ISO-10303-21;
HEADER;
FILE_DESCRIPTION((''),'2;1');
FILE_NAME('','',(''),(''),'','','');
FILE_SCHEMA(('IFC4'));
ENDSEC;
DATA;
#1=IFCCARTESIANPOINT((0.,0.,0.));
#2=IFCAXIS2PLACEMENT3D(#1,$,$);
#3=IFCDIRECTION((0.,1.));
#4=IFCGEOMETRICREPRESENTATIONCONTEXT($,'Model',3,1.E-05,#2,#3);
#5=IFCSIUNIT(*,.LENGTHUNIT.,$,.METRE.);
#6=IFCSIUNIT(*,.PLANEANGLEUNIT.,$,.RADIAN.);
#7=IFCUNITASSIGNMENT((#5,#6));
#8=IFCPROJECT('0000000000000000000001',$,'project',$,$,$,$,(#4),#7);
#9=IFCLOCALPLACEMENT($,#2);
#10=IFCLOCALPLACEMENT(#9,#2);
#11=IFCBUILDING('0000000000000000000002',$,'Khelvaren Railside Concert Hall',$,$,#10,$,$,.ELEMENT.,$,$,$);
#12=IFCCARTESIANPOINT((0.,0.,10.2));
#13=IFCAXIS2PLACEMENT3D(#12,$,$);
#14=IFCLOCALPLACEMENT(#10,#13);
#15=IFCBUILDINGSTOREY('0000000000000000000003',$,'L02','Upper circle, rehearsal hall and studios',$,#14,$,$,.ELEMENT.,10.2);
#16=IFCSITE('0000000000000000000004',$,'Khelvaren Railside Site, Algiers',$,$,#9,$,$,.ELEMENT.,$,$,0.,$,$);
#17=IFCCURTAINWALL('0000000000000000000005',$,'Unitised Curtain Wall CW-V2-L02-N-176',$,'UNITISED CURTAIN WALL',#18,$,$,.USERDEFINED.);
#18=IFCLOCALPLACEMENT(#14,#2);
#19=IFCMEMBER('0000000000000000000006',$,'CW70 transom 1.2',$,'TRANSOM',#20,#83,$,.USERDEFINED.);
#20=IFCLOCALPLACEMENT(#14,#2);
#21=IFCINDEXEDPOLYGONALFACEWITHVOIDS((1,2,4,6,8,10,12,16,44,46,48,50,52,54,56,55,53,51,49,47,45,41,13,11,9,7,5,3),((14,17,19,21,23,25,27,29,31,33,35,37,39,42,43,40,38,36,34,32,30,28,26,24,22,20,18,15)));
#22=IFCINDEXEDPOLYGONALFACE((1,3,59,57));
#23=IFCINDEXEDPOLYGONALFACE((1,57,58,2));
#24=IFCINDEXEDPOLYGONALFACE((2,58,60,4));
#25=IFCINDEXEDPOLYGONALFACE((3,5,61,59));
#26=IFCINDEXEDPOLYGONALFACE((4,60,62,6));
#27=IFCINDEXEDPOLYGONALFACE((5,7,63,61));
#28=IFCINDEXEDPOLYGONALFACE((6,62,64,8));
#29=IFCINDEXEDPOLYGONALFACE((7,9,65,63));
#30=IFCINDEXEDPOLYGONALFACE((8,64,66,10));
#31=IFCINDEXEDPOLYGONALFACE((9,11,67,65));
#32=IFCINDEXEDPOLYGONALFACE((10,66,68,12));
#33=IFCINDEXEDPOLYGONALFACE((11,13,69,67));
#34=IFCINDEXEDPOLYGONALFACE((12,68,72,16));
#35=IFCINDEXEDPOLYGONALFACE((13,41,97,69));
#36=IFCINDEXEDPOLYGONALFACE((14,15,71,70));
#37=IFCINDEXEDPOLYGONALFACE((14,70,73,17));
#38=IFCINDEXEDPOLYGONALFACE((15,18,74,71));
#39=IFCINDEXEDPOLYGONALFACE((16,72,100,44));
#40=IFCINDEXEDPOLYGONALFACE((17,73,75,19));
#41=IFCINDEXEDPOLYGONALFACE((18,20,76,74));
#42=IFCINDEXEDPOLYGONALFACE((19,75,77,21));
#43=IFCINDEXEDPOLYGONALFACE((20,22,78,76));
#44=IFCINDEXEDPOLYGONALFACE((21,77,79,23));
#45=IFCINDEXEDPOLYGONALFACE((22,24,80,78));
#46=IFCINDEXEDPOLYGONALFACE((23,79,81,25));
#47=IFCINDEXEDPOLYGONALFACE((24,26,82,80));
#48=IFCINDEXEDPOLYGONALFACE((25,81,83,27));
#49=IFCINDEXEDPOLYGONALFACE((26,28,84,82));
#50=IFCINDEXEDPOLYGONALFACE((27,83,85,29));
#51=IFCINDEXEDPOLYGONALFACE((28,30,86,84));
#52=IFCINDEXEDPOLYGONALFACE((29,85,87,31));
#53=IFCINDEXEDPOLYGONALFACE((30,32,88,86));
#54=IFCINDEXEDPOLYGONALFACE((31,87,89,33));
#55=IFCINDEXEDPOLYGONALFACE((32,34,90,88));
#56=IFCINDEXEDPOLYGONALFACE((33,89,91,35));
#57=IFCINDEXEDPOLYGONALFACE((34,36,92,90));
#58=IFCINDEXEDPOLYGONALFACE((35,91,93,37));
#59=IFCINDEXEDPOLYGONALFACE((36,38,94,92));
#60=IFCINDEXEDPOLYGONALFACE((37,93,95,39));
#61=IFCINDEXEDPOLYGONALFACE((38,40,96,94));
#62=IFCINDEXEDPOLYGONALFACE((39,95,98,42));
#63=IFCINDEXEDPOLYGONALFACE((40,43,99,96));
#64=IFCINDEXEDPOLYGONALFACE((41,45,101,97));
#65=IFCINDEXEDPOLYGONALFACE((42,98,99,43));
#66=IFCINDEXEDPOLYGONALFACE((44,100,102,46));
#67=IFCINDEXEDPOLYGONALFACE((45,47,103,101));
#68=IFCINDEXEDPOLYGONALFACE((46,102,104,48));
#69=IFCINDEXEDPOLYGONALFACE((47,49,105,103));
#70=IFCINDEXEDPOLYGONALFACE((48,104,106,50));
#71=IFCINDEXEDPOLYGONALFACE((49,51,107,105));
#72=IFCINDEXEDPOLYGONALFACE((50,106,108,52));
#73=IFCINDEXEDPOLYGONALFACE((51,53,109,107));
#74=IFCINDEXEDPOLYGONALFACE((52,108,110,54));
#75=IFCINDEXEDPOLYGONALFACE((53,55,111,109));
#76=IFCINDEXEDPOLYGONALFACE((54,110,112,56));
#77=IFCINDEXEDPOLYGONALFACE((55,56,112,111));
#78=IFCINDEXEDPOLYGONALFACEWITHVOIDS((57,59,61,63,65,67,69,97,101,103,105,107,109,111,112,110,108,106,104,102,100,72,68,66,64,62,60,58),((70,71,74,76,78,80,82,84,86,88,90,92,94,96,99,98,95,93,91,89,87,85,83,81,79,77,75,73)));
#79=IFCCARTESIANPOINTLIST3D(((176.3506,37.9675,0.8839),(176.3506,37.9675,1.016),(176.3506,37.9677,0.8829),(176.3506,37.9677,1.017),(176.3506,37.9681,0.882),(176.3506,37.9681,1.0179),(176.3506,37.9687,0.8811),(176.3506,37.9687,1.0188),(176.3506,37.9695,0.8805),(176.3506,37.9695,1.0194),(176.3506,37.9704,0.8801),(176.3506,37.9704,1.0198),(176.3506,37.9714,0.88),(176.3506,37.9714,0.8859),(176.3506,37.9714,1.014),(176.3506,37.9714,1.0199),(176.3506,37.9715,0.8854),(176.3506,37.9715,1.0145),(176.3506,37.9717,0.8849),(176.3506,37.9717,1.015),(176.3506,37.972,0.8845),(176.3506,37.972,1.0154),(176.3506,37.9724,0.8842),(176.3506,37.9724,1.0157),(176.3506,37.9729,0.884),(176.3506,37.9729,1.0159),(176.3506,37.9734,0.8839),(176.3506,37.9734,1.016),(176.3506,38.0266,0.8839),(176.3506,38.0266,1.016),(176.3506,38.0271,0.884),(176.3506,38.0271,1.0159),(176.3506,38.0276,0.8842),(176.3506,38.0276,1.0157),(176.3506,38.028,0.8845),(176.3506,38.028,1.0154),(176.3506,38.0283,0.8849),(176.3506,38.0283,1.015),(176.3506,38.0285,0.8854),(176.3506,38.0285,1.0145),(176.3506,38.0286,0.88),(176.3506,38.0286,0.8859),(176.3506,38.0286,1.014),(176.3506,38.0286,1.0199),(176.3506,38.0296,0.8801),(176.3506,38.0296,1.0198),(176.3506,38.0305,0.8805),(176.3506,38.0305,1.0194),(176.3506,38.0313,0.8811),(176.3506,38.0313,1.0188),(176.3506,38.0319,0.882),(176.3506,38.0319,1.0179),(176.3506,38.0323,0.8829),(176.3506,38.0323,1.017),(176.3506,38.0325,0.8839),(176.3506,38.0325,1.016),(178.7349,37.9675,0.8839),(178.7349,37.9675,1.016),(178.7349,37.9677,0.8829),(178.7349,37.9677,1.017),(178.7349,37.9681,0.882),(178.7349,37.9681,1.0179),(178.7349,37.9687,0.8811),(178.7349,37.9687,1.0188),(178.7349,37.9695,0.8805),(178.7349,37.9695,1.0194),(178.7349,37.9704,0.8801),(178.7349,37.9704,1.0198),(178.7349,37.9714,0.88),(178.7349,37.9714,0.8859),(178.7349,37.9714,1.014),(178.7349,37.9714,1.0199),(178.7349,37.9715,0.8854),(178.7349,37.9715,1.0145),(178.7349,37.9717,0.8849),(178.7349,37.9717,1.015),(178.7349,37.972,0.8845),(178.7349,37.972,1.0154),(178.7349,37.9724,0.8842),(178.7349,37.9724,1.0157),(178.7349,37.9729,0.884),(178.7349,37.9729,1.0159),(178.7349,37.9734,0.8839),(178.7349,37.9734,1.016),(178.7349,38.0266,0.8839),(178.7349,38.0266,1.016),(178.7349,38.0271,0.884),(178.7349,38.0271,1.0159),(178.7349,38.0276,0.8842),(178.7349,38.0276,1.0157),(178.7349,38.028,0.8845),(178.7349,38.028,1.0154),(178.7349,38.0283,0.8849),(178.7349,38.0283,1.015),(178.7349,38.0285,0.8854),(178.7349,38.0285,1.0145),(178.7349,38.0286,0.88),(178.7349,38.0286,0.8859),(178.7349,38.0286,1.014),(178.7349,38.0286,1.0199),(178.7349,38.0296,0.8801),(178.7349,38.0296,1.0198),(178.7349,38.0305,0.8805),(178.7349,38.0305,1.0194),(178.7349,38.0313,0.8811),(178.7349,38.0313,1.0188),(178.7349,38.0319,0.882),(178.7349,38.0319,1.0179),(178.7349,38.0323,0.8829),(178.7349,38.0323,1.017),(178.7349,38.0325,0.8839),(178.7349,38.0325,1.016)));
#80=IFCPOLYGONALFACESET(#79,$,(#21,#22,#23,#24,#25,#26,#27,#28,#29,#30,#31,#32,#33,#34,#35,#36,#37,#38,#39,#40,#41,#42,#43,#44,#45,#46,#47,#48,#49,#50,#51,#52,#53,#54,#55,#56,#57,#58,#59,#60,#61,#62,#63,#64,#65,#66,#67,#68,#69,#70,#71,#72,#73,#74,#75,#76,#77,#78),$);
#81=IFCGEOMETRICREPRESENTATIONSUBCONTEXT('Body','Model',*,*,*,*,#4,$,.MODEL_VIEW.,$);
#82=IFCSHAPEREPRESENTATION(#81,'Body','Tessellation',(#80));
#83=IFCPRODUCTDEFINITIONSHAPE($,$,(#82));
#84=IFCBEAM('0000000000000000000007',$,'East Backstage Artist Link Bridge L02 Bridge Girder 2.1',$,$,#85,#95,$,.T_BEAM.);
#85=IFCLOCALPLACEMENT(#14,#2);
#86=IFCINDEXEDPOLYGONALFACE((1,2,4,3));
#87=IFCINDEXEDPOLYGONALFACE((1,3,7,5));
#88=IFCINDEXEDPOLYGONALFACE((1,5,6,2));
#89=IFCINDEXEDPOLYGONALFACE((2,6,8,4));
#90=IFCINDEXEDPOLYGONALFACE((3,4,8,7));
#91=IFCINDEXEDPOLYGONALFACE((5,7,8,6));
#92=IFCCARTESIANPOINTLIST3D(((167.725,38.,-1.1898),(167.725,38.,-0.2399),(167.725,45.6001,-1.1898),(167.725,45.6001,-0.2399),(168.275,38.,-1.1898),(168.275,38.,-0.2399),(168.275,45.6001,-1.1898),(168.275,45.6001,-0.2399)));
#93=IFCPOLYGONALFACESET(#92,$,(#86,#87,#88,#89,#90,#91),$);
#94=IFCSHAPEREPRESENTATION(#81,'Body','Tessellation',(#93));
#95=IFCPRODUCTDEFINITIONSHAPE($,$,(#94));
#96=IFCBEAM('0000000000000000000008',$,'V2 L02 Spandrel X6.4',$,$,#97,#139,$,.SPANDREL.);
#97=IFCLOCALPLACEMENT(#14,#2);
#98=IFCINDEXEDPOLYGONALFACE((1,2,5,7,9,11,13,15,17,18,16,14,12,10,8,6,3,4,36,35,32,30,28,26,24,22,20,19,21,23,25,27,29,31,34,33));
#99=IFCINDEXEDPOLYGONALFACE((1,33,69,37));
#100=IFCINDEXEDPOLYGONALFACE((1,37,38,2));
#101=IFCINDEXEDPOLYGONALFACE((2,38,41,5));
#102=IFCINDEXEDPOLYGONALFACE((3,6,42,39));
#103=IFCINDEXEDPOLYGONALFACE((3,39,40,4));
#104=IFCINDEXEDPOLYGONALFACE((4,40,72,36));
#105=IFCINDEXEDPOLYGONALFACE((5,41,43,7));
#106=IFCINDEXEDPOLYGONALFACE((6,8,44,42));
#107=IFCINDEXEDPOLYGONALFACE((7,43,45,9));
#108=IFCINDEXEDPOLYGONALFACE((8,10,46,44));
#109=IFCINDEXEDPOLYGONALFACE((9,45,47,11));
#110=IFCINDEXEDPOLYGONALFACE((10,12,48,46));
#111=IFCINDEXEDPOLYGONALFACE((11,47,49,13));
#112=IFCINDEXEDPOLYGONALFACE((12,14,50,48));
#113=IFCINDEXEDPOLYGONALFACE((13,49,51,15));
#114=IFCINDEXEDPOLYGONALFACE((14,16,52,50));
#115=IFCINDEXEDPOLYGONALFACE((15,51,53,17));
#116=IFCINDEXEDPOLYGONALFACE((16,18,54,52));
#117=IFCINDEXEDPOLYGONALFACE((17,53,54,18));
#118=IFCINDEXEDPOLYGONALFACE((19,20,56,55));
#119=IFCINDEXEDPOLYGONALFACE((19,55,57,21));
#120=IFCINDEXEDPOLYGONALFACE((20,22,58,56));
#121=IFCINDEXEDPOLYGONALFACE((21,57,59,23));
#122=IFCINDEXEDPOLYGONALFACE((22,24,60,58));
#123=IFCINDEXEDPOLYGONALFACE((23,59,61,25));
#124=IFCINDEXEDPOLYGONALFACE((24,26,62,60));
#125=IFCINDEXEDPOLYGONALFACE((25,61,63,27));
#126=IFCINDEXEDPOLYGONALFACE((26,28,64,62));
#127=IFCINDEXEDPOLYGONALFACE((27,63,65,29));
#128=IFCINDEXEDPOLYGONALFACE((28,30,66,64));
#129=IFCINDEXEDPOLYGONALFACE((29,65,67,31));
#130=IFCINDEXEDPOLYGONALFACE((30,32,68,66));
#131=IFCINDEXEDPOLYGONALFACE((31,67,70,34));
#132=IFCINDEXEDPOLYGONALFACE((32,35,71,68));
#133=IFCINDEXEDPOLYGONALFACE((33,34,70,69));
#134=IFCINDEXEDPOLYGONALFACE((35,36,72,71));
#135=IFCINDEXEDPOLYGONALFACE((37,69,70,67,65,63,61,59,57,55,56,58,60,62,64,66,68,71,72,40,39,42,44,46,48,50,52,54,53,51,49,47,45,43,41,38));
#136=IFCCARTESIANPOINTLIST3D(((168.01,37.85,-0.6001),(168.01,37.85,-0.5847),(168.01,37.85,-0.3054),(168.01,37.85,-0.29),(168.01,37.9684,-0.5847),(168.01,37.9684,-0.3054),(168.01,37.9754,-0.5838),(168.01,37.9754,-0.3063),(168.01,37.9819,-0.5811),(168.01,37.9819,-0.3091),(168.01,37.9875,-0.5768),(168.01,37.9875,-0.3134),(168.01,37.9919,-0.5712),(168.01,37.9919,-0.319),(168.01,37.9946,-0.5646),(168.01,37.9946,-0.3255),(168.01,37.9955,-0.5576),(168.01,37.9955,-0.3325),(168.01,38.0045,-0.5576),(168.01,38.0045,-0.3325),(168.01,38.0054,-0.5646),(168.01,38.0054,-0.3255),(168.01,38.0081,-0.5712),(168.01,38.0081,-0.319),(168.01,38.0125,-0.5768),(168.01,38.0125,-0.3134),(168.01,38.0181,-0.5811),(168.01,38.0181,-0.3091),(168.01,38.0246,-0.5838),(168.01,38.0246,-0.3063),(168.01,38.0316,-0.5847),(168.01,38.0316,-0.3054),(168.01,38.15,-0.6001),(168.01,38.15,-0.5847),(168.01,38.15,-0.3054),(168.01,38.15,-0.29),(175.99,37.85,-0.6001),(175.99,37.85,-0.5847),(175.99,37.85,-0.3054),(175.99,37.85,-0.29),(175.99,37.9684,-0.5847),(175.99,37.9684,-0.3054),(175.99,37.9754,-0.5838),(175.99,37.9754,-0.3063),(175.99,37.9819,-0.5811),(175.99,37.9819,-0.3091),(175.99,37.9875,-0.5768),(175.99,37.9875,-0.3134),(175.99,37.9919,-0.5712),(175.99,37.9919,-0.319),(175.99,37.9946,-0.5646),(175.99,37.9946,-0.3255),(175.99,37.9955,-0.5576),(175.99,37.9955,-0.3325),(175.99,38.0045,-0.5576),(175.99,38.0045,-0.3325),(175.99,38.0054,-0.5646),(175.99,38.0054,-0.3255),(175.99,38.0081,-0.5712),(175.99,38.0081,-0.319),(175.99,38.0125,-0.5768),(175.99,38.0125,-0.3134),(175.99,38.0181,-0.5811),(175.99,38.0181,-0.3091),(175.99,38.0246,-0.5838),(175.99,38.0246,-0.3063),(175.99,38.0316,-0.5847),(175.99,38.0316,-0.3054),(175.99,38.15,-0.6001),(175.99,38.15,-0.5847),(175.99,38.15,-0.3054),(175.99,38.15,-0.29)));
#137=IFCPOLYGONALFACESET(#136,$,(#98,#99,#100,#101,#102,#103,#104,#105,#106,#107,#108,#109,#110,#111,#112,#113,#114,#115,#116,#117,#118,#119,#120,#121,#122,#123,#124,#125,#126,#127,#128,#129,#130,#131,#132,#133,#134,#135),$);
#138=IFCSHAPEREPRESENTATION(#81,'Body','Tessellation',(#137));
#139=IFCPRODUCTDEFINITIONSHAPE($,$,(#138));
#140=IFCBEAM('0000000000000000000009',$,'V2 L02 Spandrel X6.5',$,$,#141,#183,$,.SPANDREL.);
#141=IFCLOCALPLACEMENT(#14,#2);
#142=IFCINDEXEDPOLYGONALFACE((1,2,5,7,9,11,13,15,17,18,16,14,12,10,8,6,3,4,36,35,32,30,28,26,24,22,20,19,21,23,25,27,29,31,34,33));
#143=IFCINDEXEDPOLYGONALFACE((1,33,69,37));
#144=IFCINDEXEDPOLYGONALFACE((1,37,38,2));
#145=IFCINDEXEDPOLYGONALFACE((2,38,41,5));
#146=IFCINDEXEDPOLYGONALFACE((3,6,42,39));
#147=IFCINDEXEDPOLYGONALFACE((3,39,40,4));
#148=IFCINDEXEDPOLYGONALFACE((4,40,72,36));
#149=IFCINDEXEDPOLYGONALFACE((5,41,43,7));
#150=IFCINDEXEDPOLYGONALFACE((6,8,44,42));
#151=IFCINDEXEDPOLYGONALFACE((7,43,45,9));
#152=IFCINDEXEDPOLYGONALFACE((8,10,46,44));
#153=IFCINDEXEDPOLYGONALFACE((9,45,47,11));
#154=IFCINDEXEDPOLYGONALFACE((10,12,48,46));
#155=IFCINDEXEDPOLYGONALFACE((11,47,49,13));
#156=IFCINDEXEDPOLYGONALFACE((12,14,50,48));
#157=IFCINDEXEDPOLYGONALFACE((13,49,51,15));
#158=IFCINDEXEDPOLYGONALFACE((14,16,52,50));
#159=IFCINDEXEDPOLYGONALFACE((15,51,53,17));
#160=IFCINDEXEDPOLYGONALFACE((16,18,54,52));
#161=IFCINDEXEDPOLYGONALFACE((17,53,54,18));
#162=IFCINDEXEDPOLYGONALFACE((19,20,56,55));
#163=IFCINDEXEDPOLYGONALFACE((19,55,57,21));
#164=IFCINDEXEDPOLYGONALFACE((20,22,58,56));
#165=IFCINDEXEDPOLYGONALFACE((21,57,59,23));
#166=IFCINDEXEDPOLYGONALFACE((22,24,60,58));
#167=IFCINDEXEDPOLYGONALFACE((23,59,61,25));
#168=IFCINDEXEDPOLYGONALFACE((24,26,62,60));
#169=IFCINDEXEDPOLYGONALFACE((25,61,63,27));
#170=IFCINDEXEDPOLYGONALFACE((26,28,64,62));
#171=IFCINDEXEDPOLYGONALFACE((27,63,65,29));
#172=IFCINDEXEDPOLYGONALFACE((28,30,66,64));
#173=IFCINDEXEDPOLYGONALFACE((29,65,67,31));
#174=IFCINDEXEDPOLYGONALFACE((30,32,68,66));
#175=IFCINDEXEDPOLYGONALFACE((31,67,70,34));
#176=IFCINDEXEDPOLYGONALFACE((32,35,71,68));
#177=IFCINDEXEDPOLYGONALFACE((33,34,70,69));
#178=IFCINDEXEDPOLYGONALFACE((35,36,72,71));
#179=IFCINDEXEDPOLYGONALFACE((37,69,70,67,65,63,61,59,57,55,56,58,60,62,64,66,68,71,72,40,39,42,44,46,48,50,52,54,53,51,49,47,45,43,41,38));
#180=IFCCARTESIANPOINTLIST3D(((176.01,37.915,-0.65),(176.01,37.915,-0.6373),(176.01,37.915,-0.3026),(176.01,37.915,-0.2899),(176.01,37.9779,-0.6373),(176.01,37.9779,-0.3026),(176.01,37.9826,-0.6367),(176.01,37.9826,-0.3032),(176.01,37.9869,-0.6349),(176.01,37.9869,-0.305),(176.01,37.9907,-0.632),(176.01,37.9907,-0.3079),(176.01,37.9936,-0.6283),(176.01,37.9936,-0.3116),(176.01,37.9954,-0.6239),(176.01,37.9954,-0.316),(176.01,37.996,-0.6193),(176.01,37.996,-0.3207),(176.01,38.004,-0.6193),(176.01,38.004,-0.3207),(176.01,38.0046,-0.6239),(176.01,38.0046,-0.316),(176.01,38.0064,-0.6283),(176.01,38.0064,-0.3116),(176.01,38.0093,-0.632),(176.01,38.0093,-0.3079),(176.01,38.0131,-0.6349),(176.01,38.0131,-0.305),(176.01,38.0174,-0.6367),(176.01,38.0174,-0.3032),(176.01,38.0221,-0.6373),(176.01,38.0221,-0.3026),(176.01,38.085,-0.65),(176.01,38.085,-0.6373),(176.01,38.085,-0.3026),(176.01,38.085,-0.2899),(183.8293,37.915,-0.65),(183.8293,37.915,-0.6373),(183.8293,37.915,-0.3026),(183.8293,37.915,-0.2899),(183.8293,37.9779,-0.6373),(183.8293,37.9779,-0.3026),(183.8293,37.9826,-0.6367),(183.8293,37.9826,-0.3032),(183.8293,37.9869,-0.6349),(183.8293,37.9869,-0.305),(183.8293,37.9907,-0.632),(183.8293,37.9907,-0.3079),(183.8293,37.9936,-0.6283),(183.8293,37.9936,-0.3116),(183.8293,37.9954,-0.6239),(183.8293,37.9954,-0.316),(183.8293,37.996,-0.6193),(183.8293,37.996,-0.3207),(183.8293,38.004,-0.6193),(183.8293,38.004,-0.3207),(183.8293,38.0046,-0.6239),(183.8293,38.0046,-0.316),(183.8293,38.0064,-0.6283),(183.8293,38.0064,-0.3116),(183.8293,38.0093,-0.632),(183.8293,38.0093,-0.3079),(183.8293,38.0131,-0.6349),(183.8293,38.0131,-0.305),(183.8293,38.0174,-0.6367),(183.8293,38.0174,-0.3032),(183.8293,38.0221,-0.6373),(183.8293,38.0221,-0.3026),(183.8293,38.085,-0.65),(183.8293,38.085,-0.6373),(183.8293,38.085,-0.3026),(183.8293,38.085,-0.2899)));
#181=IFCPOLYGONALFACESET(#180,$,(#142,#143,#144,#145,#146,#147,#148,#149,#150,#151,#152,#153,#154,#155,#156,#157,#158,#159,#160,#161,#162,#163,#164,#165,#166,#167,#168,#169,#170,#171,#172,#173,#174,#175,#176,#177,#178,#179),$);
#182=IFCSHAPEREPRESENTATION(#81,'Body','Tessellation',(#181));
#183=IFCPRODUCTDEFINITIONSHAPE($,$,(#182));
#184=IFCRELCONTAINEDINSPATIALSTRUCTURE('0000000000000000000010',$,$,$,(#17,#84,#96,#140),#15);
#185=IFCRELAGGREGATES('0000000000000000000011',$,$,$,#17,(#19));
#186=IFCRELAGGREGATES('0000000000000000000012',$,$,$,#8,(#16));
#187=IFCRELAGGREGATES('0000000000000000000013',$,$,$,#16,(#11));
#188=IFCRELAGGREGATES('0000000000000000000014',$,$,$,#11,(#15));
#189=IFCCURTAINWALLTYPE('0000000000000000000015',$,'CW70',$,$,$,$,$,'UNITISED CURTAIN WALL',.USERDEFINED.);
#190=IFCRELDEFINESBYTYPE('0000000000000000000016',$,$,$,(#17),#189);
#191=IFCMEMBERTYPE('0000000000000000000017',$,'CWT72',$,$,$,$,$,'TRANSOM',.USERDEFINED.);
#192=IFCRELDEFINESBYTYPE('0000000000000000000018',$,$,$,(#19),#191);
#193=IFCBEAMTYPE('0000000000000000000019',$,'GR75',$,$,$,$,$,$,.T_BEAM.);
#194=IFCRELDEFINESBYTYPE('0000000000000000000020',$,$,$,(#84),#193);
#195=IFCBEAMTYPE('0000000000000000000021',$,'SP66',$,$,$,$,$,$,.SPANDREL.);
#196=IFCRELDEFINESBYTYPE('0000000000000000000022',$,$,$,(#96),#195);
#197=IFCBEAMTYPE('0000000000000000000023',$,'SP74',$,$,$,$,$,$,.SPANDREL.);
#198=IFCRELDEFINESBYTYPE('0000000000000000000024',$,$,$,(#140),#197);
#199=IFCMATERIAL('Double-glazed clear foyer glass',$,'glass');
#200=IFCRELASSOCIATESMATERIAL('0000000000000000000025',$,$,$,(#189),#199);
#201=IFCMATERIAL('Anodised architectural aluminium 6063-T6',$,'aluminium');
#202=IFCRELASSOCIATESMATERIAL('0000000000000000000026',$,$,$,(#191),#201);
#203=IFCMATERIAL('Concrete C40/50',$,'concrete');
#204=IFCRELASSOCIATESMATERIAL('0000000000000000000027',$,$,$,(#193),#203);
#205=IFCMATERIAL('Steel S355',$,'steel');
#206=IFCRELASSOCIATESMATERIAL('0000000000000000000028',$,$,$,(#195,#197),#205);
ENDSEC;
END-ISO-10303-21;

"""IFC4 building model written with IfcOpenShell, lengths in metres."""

from ifc_helpers import new_model, si_unit, direction, frame, origin, origin_2d, place, context, subcontext, project, spatial, rectangle, hollow_rectangle, i_section, extrude, material, material_profile, profile_set, type_object, element, aggregate, save


model = new_model("IFC4")

# Units and contexts
model_context = context("Model", 3, precision=1e-05, world=origin(), true_north=direction((0.0, 1.0)))
body_context = subcontext(model_context, "Body", "Model", "MODEL_VIEW")
ifc_project = project(units=[si_unit("LENGTHUNIT", "METRE"), si_unit("PLANEANGLEUNIT", "RADIAN")], contexts=[model_context])

# Site, building, storey
site_placement = place(None, origin())
site = spatial("IfcSite", under=ifc_project, at=site_placement, Name="Khelvaren Railside Site, Algiers", CompositionType="ELEMENT", RefElevation=0.0)
building_placement = place(site_placement, origin())
building = spatial("IfcBuilding", under=site, at=building_placement, Name="Khelvaren Railside Concert Hall", CompositionType="ELEMENT")
storey_placement = place(building_placement, frame((0.0, 0.0, 10.2)))
storey = spatial("IfcBuildingStorey", under=building, at=storey_placement, Name="L02", Description="Upper circle, rehearsal hall and studios", CompositionType="ELEMENT", Elevation=10.2)

# Shared definitions
ifc_material_1 = material(Name="Steel S355", Category="steel")

# Curtain wall, member
ifc_material_2 = material(Name="Double-glazed clear foyer glass", Category="glass")
curtain_wall_type = type_object("IfcCurtainWallType", Name="CW70", ElementType="UNITISED CURTAIN WALL", PredefinedType="USERDEFINED", material=ifc_material_2)
curtain_wall_placement = place(storey_placement, origin())
curtain_wall = element("IfcCurtainWall", 1, at=curtain_wall_placement, inside=storey, type_object=curtain_wall_type, Name="Unitised Curtain Wall CW-V2-L02-N-176", ObjectType="UNITISED CURTAIN WALL", PredefinedType="USERDEFINED")
ifc_material_3 = material(Name="Anodised architectural aluminium 6063-T6", Category="aluminium")
ifc_material_profile_1 = material_profile(ifc_material_3, hollow_rectangle(XDim=0.0649, YDim=0.1399, WallThickness=0.0039, InnerFilletRadius=0.002, OuterFilletRadius=0.0039, at=origin_2d()), Name="CWT 65x140x4")
ifc_profile_set_1 = profile_set([ifc_material_profile_1], Name="Anodised architectural aluminium 6063-T6")
member_type_1 = type_object("IfcMemberType", Name="CWT72", ElementType="TRANSOM", PredefinedType="USERDEFINED", material=ifc_profile_set_1)
member_1_placement = place(storey_placement, frame((176.3506, 38.0, 0.95), z_axis=(1.0, 0.0, 0.0), x_axis=(0.0, 1.0, 0.0)))
member_1 = element("IfcMember", 2, at=member_1_placement, type_object=member_type_1, Name="CW70 transom 1.2", ObjectType="TRANSOM", PredefinedType="USERDEFINED", context=body_context, shape_type="SweptSolid", body=[
    extrude(hollow_rectangle(XDim=0.0649, YDim=0.1399, WallThickness=0.0039, InnerFilletRadius=0.002, OuterFilletRadius=0.0039, at=origin_2d()), origin(), (0.0, 0.0, 1.0), 2.3843),
])
aggregate(curtain_wall, [member_1])

# Beams
ifc_material_4 = material(Name="Concrete C40/50", Category="concrete")
ifc_material_profile_2 = material_profile(ifc_material_4, rectangle(XDim=0.55, YDim=0.95, at=origin_2d()), Name="RCB 550x950")
ifc_profile_set_2 = profile_set([ifc_material_profile_2], Name="Concrete C40/50")
beam_type_1 = type_object("IfcBeamType", Name="GR75", PredefinedType="T_BEAM", material=ifc_profile_set_2)
beam_1_placement = place(storey_placement, frame((168.0, 38.0, -0.7148), z_axis=(0.0, 1.0, 0.0), x_axis=(-1.0, 0.0, 0.0)))
element("IfcBeam", 3, at=beam_1_placement, inside=storey, type_object=beam_type_1, Name="East Backstage Artist Link Bridge L02 Bridge Girder 2.1", PredefinedType="T_BEAM", context=body_context, shape_type="SweptSolid", body=[
    extrude(rectangle(XDim=0.55, YDim=0.95, at=origin_2d()), origin(), (0.0, 0.0, 1.0), 7.6001),
])
ifc_material_profile_3 = material_profile(ifc_material_1, i_section(OverallWidth=0.3, OverallDepth=0.3101, WebThickness=0.009, FlangeThickness=0.0154, FilletRadius=0.0271, at=origin_2d()), Name="HEA 320")
ifc_profile_set_3 = profile_set([ifc_material_profile_3], Name="Steel S355")
beam_type_2 = type_object("IfcBeamType", Name="SP66", PredefinedType="SPANDREL", material=ifc_profile_set_3)
beam_2_placement = place(storey_placement, frame((168.01, 38.0, -0.4451), z_axis=(1.0, 0.0, 0.0), x_axis=(0.0, 1.0, 0.0)))
element("IfcBeam", 4, at=beam_2_placement, inside=storey, type_object=beam_type_2, Name="V2 L02 Spandrel X6.4", PredefinedType="SPANDREL", context=body_context, shape_type="SweptSolid", body=[
    extrude(i_section(OverallWidth=0.3, OverallDepth=0.3101, WebThickness=0.009, FlangeThickness=0.0154, FilletRadius=0.0271, at=origin_2d()), origin(), (0.0, 0.0, 1.0), 7.98),
])
ifc_material_profile_4 = material_profile(ifc_material_1, i_section(OverallWidth=0.1699, OverallDepth=0.3601, WebThickness=0.0081, FlangeThickness=0.0127, FilletRadius=0.0181, at=origin_2d()), Name="IPE 360")
ifc_profile_set_4 = profile_set([ifc_material_profile_4], Name="Steel S355")
beam_type_3 = type_object("IfcBeamType", Name="SP74", PredefinedType="SPANDREL", material=ifc_profile_set_4)
beam_3_placement = place(storey_placement, frame((176.01, 38.0, -0.47), z_axis=(1.0, 0.0, 0.0), x_axis=(0.0, 1.0, 0.0)))
element("IfcBeam", 5, at=beam_3_placement, inside=storey, type_object=beam_type_3, Name="V2 L02 Spandrel X6.5", PredefinedType="SPANDREL", context=body_context, shape_type="SweptSolid", body=[
    extrude(i_section(OverallWidth=0.1699, OverallDepth=0.3601, WebThickness=0.0081, FlangeThickness=0.0127, FilletRadius=0.0181, at=origin_2d()), origin(), (0.0, 0.0, 1.0), 7.8193),
])

save(model, "model.ifc")
